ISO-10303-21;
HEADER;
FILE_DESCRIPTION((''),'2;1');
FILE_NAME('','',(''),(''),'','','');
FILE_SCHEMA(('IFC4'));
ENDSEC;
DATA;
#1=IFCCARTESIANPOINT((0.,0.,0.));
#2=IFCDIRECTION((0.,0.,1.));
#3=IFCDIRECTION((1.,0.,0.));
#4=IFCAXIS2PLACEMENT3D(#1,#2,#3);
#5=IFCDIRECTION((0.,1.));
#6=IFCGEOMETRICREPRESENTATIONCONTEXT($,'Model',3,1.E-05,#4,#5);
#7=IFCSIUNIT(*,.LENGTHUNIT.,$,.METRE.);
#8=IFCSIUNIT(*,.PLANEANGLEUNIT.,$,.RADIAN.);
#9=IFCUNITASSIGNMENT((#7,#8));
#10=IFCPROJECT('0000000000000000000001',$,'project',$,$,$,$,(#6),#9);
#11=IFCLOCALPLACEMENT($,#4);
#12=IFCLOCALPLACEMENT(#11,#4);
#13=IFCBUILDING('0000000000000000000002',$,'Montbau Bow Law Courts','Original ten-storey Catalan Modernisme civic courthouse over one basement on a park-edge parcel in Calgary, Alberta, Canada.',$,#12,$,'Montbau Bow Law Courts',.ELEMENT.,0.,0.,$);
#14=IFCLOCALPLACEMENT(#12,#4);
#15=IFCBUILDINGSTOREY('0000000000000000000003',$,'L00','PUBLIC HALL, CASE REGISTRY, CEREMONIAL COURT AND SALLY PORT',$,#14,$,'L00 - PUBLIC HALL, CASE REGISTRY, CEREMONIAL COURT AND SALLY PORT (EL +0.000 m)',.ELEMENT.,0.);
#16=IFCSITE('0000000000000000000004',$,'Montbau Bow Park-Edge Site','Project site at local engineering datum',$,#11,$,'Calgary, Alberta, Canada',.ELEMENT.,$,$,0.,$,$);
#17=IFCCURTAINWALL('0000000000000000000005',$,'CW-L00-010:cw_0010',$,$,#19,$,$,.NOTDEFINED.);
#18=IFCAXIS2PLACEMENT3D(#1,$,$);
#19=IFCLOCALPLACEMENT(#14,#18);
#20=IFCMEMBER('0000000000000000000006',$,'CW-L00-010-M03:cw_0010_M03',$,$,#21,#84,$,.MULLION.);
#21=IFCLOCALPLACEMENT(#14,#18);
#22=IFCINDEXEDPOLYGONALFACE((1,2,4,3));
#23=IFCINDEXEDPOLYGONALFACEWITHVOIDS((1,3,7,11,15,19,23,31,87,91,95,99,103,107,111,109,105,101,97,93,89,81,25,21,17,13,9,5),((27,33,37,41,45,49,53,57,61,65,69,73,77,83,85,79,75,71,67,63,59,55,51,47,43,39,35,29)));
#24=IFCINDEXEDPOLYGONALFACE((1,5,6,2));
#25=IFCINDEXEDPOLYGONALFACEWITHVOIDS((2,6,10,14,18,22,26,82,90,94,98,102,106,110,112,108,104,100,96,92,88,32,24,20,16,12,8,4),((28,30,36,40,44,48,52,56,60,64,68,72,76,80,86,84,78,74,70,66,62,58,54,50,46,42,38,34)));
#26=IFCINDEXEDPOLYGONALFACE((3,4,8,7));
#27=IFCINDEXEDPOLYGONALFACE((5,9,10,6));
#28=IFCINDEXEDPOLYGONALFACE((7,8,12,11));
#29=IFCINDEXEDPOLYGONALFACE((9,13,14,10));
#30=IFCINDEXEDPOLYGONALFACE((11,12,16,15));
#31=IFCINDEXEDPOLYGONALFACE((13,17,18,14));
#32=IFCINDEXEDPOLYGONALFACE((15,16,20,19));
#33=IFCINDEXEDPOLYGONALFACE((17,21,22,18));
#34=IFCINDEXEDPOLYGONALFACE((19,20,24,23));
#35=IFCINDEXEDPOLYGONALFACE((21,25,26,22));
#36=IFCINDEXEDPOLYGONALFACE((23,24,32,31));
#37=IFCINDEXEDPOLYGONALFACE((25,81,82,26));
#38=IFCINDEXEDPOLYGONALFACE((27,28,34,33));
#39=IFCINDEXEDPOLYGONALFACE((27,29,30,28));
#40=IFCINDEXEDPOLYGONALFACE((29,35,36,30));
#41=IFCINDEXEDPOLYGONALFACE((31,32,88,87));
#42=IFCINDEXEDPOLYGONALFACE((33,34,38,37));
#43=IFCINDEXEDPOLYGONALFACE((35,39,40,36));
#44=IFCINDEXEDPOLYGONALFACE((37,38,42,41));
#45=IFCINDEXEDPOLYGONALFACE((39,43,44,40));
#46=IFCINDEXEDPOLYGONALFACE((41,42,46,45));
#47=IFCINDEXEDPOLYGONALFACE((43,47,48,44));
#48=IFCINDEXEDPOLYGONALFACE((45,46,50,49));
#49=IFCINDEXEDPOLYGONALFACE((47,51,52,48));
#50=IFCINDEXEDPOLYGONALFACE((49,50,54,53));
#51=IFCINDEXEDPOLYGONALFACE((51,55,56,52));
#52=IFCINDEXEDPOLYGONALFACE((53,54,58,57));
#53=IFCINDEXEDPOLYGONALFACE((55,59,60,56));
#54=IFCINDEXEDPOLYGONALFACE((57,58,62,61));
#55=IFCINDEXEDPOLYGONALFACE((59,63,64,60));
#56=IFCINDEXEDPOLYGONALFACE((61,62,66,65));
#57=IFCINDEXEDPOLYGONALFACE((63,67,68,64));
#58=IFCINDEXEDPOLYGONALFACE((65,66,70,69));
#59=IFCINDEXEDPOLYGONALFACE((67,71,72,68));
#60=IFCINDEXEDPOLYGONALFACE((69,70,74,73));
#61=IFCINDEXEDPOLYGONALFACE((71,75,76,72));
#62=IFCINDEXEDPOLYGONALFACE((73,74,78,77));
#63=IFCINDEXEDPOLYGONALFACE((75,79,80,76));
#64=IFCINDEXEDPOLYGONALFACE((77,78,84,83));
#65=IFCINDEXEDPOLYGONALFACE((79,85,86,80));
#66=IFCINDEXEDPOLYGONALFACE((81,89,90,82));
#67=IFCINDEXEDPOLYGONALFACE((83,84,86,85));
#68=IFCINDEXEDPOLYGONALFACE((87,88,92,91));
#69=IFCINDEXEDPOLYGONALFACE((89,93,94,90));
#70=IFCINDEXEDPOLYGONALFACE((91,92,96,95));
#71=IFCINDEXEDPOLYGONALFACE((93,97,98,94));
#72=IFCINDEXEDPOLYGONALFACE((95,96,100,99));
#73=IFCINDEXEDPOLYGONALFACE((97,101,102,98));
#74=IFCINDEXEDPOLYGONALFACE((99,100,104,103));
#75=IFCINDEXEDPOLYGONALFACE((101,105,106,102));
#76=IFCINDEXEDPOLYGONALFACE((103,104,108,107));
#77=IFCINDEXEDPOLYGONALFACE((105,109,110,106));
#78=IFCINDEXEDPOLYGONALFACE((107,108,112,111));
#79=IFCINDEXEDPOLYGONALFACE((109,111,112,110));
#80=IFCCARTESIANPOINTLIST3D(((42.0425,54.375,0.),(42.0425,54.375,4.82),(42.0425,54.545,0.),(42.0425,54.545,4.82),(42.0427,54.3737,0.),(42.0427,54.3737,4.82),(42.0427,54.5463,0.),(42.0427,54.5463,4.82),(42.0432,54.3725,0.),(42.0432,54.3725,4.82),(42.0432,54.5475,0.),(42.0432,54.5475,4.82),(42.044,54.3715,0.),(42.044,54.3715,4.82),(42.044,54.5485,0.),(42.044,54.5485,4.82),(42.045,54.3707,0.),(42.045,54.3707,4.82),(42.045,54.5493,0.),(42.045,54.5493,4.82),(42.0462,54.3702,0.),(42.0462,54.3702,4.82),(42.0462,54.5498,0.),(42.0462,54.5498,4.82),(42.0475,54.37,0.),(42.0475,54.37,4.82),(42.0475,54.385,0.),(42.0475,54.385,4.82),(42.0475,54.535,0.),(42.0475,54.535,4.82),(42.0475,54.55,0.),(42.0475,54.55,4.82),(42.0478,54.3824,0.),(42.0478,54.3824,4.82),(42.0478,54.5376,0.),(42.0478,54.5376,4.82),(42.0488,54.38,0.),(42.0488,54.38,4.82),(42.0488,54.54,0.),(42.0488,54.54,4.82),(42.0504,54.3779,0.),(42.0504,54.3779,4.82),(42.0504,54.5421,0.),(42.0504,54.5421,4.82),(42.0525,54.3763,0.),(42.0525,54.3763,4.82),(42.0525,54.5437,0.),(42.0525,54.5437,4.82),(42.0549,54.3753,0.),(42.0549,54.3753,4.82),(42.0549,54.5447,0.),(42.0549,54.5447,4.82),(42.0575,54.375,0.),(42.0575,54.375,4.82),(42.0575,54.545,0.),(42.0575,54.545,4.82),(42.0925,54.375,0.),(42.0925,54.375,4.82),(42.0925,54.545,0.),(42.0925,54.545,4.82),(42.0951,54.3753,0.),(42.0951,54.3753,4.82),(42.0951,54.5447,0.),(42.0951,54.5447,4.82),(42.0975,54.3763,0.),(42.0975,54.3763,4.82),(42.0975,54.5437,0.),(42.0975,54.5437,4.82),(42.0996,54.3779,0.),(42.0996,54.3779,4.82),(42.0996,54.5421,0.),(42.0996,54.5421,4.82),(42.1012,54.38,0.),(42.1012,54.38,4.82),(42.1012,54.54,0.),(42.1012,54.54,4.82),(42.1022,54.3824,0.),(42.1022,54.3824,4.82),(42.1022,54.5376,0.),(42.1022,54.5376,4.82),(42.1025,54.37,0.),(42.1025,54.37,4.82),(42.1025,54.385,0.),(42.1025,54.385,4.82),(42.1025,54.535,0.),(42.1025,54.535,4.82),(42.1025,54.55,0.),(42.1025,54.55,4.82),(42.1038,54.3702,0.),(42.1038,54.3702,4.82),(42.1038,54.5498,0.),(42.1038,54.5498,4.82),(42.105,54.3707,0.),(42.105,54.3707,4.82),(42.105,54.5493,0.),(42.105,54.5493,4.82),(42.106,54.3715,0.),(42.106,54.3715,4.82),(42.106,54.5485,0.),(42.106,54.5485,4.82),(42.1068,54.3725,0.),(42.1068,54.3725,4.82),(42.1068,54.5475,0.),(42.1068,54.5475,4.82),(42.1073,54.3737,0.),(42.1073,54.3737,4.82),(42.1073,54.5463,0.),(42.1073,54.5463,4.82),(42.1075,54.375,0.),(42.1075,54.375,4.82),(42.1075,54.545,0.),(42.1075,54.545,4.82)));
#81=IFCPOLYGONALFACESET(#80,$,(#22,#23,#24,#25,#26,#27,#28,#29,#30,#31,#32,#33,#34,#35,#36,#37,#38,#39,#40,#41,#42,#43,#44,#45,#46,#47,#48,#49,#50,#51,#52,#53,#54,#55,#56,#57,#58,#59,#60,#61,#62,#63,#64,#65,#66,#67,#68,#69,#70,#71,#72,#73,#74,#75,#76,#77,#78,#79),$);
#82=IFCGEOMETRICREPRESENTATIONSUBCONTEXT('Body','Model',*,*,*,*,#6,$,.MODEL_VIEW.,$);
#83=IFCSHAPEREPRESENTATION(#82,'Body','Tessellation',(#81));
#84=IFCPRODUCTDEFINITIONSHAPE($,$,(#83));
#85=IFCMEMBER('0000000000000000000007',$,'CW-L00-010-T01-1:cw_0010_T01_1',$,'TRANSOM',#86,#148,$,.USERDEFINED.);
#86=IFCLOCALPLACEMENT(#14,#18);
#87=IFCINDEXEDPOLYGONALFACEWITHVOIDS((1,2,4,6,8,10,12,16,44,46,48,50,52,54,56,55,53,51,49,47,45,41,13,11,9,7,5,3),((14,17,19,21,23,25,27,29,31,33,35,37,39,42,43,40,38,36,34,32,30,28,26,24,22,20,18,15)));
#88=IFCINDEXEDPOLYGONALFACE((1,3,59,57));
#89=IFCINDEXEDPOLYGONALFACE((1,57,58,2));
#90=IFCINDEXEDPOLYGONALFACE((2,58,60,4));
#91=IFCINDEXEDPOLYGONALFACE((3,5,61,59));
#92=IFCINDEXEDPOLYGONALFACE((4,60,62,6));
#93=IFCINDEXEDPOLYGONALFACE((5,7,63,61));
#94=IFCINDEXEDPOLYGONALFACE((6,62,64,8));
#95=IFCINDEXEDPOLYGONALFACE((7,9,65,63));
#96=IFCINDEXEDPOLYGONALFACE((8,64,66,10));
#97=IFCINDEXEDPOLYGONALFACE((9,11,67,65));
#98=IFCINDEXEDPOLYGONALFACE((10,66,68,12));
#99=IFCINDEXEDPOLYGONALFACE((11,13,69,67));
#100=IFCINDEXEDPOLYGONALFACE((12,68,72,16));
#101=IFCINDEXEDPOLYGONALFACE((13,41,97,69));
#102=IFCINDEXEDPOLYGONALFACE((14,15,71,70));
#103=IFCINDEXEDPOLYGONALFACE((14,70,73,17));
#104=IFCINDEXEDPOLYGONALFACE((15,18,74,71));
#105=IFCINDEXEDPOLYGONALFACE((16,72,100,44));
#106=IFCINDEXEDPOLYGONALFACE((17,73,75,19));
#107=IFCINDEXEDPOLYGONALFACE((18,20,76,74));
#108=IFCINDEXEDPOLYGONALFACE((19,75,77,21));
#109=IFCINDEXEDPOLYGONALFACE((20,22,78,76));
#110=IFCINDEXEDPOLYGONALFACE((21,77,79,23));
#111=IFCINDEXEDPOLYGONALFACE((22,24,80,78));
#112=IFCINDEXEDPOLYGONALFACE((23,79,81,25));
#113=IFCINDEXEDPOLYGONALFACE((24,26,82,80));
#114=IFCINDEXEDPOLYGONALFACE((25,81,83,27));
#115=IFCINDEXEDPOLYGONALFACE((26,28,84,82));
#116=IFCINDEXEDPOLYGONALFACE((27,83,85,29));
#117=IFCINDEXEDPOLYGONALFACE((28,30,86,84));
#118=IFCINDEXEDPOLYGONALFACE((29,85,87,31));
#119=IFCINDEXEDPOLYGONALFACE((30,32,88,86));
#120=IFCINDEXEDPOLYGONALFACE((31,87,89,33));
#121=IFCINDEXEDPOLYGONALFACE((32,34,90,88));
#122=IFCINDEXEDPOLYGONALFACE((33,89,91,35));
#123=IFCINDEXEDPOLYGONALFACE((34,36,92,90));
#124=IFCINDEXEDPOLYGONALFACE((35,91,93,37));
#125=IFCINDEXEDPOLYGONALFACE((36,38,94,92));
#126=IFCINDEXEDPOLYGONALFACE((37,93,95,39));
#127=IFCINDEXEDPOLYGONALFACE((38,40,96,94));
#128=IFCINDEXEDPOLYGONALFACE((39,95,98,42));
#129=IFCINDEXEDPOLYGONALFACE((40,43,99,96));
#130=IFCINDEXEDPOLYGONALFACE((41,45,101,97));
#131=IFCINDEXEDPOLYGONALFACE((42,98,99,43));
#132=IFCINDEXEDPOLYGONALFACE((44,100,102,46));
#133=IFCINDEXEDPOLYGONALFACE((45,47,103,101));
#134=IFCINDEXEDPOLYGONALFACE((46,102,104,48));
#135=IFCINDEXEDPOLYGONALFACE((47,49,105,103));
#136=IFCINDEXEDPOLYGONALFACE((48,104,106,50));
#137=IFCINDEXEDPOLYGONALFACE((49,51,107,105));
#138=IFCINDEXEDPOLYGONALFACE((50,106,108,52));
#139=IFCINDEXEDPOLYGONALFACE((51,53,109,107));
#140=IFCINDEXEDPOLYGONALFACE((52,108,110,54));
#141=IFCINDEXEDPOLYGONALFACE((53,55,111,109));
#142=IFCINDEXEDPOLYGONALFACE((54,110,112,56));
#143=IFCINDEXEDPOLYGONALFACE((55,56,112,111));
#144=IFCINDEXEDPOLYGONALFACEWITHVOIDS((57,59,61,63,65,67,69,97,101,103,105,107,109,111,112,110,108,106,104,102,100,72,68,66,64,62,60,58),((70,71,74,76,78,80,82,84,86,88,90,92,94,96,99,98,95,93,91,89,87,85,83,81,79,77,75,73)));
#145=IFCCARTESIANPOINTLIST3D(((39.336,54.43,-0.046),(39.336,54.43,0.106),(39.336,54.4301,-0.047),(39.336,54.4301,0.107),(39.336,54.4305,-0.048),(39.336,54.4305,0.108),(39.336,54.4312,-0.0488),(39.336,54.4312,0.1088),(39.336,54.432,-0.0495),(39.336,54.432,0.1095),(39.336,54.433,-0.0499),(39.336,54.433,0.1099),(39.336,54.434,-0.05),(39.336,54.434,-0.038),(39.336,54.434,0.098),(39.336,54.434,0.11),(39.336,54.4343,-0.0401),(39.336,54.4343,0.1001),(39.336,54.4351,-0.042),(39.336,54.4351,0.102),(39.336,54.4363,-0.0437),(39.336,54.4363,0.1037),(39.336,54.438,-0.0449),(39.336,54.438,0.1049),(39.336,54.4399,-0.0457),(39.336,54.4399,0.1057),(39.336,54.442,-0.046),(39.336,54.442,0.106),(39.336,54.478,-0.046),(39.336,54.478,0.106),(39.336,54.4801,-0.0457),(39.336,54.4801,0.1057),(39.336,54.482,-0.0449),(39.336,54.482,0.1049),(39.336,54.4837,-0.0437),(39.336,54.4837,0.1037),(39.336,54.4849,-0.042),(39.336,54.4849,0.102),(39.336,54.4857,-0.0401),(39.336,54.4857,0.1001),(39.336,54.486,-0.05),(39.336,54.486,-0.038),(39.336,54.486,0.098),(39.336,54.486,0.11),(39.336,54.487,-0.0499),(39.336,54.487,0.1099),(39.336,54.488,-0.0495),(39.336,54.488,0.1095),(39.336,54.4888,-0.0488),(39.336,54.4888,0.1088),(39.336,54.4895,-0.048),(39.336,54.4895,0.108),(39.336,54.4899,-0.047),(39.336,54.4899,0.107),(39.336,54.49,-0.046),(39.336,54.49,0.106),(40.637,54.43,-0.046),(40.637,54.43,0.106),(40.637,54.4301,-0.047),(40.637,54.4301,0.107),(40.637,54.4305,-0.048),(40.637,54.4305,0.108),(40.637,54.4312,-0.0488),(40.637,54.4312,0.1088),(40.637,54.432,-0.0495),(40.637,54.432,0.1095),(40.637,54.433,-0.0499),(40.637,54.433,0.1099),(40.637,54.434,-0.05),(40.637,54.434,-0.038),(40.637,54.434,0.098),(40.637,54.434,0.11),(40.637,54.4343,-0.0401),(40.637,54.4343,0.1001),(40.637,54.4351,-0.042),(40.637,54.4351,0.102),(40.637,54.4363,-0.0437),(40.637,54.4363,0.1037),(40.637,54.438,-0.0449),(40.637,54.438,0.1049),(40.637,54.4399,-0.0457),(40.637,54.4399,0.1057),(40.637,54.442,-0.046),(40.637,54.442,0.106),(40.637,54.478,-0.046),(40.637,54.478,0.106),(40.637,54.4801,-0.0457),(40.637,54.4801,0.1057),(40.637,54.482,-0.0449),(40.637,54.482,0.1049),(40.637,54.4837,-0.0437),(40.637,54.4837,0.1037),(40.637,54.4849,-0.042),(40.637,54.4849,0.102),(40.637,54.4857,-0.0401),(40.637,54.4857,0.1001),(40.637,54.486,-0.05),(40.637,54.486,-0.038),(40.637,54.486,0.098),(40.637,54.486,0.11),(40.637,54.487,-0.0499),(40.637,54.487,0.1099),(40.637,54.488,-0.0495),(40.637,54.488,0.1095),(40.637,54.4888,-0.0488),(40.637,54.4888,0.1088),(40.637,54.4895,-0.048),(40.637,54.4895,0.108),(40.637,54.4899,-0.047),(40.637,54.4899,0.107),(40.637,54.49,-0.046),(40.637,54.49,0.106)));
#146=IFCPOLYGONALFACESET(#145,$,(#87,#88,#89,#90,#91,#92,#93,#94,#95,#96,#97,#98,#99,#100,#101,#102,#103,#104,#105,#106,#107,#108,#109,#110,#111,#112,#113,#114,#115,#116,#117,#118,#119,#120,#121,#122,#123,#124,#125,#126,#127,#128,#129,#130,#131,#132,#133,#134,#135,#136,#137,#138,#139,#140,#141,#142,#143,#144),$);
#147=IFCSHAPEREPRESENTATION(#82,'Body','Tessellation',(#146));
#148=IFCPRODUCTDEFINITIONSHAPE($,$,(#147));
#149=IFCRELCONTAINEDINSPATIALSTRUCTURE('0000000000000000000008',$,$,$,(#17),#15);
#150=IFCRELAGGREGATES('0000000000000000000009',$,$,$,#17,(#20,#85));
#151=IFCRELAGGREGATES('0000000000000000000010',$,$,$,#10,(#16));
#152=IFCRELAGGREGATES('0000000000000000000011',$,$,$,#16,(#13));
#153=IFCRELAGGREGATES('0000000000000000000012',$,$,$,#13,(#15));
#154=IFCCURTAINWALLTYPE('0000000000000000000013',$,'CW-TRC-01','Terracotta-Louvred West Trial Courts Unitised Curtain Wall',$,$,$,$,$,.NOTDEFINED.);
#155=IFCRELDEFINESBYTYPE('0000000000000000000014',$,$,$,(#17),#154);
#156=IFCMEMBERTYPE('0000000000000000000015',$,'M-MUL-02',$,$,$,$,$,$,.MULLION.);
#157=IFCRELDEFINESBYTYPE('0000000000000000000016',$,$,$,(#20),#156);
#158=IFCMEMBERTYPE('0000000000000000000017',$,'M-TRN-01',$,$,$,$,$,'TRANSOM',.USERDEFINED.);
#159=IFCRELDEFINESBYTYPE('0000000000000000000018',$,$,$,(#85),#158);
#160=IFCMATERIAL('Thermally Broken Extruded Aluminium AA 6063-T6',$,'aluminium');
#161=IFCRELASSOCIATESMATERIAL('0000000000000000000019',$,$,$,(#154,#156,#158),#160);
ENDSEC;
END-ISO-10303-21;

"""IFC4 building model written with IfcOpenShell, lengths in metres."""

from ifc_helpers import new_model, si_unit, direction, frame, origin_with_axes, origin_2d_with_axis, place, context, subcontext, project, spatial, hollow_rectangle, extrude, material, material_profile, profile_set, type_object, element, aggregate, save


model = new_model("IFC4")

# Units and contexts
model_context = context("Model", 3, precision=1e-05, world=origin_with_axes(), true_north=direction((0.0, 1.0)))
body_context = subcontext(model_context, "Body", "Model", "MODEL_VIEW")
ifc_project = project(units=[si_unit("LENGTHUNIT", "METRE"), si_unit("PLANEANGLEUNIT", "RADIAN")], contexts=[model_context])

# Site, building, storey
site_placement = place(None, origin_with_axes())
site = spatial("IfcSite", under=ifc_project, at=site_placement, Name="Montbau Bow Park-Edge Site", Description="Project site at local engineering datum", LongName="Calgary, Alberta, Canada", CompositionType="ELEMENT", RefElevation=0.0)
building_placement = place(site_placement, origin_with_axes())
building = spatial("IfcBuilding", under=site, at=building_placement, Name="Montbau Bow Law Courts", Description="Original ten-storey Catalan Modernisme civic courthouse over one basement on a park-edge parcel in Calgary, Alberta, Canada.", LongName="Montbau Bow Law Courts", CompositionType="ELEMENT", ElevationOfRefHeight=0.0, ElevationOfTerrain=0.0)
storey_placement = place(building_placement, origin_with_axes())
storey = spatial("IfcBuildingStorey", under=building, at=storey_placement, Name="L00", Description="PUBLIC HALL, CASE REGISTRY, CEREMONIAL COURT AND SALLY PORT", LongName="L00 - PUBLIC HALL, CASE REGISTRY, CEREMONIAL COURT AND SALLY PORT (EL +0.000 m)", CompositionType="ELEMENT", Elevation=0.0)

# Curtain wall, members
ifc_material_1 = material(Name="Thermally Broken Extruded Aluminium AA 6063-T6", Category="aluminium")
curtain_wall_type = type_object("IfcCurtainWallType", Name="CW-TRC-01", Description="Terracotta-Louvred West Trial Courts Unitised Curtain Wall", PredefinedType="NOTDEFINED", material=ifc_material_1)
curtain_wall_1_placement = place(None, frame((39.268, 54.46, 0.0), z_axis=(0.0, 0.0, 1.0), x_axis=(1.0, 0.0, 0.0)))
curtain_wall_1 = element("IfcCurtainWall", 1, at=curtain_wall_1_placement, inside=storey, type_object=curtain_wall_type, Name="CW-L00-010:cw_0010", PredefinedType="NOTDEFINED")
ifc_material_profile_1 = material_profile(ifc_material_1, hollow_rectangle(XDim=0.065, YDim=0.18, WallThickness=0.005, InnerFilletRadius=0.01, OuterFilletRadius=0.005, at=origin_2d_with_axis()), Name="CWM-180X65", Category="Main", Priority=0)
ifc_profile_set_1 = profile_set([ifc_material_profile_1], Name="Thermally Broken Extruded Aluminium AA 6063-T6")
member_type_1 = type_object("IfcMemberType", Name="M-MUL-02", PredefinedType="MULLION", material=ifc_profile_set_1)
member_1_placement = place(None, frame((42.075, 54.46, 0.0), z_axis=(0.0, 0.0, 1.0), x_axis=(1.0, 0.0, 0.0)))
member_1 = element("IfcMember", 2, at=member_1_placement, type_object=member_type_1, Name="CW-L00-010-M03:cw_0010_M03", PredefinedType="MULLION", context=body_context, shape_type="SweptSolid", body=[
    extrude(hollow_rectangle(XDim=0.065, YDim=0.18, WallThickness=0.005, InnerFilletRadius=0.01, OuterFilletRadius=0.005, at=origin_2d_with_axis()), origin_with_axes(), (0.0, 0.0, 1.0), 4.82),
])
ifc_material_profile_2 = material_profile(ifc_material_1, hollow_rectangle(XDim=0.06, YDim=0.16, WallThickness=0.004, InnerFilletRadius=0.008, OuterFilletRadius=0.004, at=origin_2d_with_axis()), Name="CWT-160X60", Category="Main", Priority=0)
ifc_profile_set_2 = profile_set([ifc_material_profile_2], Name="Thermally Broken Extruded Aluminium AA 6063-T6")
member_type_2 = type_object("IfcMemberType", Name="M-TRN-01", ElementType="TRANSOM", PredefinedType="USERDEFINED", material=ifc_profile_set_2)
member_2_placement = place(None, frame((39.336, 54.46, 0.03), z_axis=(1.0, 0.0, 0.0), x_axis=(0.0, 1.0, 0.0)))
member_2 = element("IfcMember", 3, at=member_2_placement, type_object=member_type_2, Name="CW-L00-010-T01-1:cw_0010_T01_1", ObjectType="TRANSOM", PredefinedType="USERDEFINED", context=body_context, shape_type="SweptSolid", body=[
    extrude(hollow_rectangle(XDim=0.06, YDim=0.16, WallThickness=0.004, InnerFilletRadius=0.008, OuterFilletRadius=0.004, at=origin_2d_with_axis()), origin_with_axes(), (0.0, 0.0, 1.0), 1.301),
])

aggregate(curtain_wall_1, [member_1, member_2])

save(model, "model.ifc")
